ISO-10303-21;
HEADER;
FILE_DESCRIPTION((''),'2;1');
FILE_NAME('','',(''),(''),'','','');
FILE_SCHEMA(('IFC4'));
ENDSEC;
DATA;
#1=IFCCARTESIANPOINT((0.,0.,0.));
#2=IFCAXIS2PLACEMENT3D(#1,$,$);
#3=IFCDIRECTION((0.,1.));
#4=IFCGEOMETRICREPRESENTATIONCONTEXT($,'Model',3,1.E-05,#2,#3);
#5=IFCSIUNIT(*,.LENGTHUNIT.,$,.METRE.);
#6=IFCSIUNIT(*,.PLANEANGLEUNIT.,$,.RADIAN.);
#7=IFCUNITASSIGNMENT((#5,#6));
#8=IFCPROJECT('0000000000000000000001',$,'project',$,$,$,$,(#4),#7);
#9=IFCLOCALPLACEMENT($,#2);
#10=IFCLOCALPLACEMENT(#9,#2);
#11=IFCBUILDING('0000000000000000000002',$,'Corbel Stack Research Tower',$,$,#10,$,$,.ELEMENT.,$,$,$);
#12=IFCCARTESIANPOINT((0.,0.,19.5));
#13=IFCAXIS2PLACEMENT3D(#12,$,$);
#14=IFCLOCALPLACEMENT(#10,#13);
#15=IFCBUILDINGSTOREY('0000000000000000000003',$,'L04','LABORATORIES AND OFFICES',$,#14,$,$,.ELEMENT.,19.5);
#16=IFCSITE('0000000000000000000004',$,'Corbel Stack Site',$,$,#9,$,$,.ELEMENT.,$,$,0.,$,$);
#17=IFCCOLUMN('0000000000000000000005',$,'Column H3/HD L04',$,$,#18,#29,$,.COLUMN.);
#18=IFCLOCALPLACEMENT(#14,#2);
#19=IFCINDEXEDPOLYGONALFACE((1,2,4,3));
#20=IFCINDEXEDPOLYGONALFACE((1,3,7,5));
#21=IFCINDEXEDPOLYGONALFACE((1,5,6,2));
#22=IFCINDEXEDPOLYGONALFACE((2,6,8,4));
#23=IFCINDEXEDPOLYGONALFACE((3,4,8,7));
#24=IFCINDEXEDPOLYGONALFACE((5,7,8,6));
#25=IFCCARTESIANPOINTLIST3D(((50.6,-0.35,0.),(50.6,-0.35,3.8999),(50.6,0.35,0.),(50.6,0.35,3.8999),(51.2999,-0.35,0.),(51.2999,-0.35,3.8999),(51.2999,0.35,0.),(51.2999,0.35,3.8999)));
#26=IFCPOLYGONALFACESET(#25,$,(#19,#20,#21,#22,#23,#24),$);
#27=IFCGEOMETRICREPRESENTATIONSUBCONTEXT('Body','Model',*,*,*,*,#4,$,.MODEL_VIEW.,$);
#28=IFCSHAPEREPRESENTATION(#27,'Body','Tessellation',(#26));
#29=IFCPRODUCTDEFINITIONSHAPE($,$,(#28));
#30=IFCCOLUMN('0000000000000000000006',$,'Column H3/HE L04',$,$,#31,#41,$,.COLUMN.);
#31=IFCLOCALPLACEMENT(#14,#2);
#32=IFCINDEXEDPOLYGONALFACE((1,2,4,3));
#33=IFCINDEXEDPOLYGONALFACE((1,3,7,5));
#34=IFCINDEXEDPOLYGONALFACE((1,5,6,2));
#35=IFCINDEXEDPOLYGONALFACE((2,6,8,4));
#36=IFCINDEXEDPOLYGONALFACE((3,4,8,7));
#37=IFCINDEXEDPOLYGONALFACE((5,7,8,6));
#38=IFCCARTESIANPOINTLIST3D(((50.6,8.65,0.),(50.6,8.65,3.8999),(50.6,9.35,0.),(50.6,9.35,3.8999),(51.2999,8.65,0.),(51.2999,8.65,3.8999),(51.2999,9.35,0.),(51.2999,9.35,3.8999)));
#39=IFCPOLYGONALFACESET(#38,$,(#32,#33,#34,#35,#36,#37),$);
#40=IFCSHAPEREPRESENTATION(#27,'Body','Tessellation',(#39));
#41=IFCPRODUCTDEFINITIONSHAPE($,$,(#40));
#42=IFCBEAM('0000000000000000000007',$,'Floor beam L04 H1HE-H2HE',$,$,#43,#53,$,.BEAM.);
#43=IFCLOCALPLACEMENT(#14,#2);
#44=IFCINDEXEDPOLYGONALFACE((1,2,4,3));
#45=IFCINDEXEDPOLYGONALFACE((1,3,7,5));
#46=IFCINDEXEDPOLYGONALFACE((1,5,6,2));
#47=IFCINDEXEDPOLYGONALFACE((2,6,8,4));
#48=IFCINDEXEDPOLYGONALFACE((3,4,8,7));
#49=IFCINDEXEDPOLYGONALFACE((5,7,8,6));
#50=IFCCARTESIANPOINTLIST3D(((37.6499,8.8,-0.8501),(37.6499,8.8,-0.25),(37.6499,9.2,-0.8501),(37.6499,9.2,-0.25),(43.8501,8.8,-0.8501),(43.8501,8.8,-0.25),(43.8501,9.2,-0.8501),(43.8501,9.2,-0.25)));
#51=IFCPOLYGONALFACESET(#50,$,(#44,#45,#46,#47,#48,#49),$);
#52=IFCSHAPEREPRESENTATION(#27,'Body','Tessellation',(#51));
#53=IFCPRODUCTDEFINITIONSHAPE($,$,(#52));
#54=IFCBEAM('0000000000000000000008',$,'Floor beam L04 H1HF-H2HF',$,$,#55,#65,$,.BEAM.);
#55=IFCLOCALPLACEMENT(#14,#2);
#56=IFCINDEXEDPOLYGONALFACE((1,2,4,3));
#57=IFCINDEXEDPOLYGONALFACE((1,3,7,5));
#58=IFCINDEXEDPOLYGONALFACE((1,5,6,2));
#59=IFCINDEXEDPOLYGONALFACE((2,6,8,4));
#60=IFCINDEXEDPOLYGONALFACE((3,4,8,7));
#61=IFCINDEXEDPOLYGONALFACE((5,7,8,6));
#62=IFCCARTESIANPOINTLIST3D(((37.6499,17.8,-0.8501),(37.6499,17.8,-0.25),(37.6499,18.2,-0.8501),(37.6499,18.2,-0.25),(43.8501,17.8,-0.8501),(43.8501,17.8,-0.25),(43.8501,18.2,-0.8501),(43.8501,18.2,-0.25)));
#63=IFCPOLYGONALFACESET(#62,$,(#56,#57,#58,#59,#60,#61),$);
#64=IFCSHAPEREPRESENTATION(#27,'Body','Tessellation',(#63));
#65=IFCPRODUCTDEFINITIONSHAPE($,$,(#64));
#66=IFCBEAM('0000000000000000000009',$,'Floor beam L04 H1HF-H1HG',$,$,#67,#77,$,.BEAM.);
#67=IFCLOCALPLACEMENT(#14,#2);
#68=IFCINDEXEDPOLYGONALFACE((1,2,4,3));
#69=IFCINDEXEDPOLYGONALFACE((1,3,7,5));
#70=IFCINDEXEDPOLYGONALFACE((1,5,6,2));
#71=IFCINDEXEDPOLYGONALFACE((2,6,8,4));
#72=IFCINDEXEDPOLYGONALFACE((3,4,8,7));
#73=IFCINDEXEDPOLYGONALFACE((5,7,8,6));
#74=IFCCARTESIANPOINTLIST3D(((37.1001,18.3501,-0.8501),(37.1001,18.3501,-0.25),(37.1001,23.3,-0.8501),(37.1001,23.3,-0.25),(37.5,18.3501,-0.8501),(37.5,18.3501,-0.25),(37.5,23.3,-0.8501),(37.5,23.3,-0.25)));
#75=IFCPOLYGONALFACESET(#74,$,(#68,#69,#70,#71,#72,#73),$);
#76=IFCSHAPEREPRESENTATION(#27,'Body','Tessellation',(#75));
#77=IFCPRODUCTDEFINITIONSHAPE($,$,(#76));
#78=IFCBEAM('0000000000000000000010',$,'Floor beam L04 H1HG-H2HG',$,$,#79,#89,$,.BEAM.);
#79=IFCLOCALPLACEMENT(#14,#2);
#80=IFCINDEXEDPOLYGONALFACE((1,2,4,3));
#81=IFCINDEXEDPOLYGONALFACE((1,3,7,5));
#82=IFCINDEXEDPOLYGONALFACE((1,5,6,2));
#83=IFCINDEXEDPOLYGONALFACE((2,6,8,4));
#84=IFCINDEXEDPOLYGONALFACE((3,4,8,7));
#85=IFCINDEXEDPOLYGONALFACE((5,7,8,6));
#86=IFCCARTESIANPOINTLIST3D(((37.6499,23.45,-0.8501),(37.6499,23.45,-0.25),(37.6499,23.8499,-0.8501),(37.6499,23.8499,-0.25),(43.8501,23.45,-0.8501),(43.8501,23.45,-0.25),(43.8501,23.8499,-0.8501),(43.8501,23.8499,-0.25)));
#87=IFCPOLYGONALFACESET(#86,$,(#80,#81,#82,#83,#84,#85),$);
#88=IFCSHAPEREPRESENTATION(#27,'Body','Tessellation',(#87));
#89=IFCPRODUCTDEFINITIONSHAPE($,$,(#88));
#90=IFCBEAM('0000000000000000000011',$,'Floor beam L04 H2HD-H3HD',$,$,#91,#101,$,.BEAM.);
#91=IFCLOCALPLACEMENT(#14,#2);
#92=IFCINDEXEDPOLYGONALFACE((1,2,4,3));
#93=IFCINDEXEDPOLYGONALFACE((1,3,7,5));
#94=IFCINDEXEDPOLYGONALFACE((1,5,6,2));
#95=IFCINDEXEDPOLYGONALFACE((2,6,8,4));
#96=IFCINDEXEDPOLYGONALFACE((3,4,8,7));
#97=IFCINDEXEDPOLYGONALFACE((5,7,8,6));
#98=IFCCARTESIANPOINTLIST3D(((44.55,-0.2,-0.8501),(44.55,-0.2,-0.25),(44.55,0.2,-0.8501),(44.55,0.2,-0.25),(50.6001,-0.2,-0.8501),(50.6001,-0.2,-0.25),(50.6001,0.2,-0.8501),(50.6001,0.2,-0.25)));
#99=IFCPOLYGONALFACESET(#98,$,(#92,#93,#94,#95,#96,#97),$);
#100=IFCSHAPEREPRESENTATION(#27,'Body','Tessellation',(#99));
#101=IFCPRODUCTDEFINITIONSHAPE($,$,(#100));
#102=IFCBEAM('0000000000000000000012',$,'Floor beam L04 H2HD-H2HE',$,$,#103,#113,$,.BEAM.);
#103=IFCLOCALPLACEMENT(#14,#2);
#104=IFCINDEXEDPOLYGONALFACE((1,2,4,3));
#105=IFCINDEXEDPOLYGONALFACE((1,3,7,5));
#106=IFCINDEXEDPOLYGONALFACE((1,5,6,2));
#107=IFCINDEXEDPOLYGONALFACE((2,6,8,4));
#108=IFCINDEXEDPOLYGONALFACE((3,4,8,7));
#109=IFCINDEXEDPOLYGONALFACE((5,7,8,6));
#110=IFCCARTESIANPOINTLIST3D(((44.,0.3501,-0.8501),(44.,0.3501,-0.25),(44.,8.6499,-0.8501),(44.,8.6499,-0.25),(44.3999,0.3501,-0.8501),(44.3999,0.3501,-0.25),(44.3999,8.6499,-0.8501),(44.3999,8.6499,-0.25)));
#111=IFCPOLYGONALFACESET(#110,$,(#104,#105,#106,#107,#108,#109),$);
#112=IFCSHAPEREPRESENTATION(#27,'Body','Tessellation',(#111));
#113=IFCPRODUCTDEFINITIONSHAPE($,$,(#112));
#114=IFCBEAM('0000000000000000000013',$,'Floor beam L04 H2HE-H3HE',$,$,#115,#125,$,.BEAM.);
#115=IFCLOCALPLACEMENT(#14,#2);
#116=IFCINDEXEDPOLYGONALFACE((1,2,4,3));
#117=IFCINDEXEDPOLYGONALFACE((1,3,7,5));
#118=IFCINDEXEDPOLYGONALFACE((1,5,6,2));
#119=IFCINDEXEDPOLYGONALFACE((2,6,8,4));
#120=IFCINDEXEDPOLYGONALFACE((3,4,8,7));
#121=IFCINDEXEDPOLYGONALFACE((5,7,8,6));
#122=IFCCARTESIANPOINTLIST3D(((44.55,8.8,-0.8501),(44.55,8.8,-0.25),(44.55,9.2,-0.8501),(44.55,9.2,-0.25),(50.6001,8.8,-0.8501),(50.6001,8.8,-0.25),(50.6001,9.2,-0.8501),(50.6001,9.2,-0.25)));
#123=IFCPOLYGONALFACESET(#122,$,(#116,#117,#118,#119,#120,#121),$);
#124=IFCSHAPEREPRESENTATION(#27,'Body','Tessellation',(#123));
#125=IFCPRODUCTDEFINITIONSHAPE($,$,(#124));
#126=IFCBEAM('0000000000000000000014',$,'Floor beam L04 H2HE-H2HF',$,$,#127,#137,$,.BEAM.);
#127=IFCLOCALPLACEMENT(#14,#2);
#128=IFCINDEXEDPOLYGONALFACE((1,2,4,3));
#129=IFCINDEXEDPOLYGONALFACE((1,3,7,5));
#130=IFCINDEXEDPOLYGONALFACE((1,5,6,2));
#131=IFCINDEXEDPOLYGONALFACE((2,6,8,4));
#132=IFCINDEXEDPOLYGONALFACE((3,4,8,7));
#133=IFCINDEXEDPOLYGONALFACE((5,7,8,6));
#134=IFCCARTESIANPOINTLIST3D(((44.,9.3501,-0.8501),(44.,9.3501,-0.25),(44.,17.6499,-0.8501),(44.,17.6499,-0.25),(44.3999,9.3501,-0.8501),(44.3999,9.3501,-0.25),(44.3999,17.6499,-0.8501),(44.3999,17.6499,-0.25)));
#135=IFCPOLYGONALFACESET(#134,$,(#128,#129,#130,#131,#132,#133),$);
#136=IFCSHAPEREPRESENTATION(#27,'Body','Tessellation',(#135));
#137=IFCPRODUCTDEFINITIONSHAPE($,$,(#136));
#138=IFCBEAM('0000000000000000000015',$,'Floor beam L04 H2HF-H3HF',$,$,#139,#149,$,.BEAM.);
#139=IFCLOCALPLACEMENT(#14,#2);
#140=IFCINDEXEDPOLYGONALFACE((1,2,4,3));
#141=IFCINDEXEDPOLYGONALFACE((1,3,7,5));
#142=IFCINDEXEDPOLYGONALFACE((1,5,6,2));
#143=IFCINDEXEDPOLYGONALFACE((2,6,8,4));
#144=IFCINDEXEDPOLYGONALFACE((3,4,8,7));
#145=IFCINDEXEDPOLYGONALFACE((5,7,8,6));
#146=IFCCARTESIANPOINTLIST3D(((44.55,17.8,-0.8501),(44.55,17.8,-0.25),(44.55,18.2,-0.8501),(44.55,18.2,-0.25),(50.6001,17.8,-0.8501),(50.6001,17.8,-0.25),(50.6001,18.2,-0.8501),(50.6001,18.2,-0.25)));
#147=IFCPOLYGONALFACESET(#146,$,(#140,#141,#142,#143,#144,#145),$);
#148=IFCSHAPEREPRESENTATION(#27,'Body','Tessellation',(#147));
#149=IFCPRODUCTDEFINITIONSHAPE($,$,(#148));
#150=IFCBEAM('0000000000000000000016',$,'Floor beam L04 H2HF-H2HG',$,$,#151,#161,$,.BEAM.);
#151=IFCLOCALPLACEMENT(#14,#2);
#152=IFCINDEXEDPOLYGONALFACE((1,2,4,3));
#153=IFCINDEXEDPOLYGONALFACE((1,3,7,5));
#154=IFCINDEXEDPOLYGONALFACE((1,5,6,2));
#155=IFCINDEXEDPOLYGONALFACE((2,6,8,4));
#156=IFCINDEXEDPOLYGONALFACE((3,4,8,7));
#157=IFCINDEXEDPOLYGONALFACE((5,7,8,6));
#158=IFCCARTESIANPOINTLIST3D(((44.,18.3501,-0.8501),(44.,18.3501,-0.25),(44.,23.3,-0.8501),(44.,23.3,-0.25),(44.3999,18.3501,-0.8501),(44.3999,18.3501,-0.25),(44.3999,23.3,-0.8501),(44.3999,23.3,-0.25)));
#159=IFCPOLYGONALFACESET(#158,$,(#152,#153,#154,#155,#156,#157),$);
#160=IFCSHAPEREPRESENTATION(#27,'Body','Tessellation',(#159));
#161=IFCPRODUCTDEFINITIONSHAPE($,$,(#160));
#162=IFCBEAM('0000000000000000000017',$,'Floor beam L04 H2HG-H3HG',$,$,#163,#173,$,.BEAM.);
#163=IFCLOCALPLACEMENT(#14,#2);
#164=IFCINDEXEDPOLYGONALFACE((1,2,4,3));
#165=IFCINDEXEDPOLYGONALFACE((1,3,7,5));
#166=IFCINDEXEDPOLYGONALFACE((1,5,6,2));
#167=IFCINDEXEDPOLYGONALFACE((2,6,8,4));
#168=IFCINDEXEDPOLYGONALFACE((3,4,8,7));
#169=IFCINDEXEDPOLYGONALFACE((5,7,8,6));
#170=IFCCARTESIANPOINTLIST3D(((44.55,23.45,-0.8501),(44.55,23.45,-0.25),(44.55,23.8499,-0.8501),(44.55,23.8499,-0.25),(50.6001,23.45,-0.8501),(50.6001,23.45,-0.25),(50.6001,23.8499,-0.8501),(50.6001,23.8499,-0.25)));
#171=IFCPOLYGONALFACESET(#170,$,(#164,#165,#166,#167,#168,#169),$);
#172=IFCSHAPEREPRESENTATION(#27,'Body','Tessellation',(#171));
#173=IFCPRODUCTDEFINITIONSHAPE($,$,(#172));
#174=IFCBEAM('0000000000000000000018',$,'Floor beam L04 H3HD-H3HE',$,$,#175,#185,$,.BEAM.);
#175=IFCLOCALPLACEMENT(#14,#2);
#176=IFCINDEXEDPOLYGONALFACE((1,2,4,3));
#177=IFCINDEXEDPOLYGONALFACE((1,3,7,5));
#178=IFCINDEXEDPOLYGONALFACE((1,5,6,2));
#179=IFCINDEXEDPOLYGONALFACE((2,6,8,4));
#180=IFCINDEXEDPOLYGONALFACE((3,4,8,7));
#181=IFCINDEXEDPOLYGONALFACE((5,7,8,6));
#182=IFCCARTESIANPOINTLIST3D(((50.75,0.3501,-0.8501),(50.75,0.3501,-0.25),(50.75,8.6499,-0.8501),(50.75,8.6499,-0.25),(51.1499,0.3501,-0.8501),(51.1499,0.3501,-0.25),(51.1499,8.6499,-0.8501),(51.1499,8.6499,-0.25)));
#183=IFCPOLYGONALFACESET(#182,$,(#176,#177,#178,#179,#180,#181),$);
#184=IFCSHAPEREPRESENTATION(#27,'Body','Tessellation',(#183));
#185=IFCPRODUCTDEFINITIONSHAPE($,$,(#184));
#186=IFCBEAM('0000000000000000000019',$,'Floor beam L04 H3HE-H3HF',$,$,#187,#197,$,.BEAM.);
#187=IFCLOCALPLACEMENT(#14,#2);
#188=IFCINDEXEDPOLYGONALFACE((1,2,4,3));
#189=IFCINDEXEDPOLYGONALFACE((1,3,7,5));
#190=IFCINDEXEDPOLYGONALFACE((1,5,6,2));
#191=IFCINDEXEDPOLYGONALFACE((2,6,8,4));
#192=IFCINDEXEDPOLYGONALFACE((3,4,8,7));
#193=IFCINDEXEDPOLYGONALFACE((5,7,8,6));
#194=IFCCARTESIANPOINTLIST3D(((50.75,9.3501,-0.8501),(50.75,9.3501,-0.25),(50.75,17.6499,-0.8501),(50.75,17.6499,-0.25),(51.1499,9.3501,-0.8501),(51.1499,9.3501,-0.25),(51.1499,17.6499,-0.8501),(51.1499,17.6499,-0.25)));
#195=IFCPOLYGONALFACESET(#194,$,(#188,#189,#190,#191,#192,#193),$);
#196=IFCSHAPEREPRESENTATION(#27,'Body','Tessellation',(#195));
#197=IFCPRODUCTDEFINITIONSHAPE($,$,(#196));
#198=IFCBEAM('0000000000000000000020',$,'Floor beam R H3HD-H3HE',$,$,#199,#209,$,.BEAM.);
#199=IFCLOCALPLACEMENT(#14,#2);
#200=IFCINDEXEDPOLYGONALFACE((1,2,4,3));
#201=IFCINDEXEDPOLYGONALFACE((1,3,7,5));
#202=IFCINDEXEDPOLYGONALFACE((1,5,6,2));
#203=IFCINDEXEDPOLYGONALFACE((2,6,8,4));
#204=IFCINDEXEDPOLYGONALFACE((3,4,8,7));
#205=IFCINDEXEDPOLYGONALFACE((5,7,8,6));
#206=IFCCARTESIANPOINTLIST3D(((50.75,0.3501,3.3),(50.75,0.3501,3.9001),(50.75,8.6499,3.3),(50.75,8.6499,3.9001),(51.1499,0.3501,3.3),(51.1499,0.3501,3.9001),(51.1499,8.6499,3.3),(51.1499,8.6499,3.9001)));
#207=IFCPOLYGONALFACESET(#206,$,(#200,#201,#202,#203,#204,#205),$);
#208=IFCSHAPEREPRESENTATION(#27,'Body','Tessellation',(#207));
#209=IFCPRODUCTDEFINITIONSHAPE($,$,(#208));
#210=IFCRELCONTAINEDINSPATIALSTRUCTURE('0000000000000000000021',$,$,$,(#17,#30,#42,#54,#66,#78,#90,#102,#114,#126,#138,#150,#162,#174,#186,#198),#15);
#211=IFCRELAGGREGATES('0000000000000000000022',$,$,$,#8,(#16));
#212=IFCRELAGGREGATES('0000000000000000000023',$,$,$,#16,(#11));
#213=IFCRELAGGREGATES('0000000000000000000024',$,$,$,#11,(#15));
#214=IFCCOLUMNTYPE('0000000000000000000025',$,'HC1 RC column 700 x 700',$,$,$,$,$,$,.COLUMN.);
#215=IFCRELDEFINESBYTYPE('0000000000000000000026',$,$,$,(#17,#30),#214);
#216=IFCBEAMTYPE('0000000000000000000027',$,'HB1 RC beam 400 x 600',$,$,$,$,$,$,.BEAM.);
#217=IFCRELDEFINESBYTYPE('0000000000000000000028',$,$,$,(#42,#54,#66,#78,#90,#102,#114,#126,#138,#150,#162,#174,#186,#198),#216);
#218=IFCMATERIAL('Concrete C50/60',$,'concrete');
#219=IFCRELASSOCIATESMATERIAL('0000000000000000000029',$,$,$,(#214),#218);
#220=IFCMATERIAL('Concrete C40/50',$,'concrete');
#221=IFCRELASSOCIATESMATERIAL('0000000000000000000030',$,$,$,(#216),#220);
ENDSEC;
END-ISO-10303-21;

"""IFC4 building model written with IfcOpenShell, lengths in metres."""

from ifc_helpers import new_model, si_unit, direction, frame, origin, origin_2d, place, context, subcontext, project, spatial, rectangle, extrude, material, material_profile, profile_set, type_object, element, save


model = new_model("IFC4")

# Units and contexts
model_context = context("Model", 3, precision=1e-05, world=origin(), true_north=direction((0.0, 1.0)))
body_context = subcontext(model_context, "Body", "Model", "MODEL_VIEW")
ifc_project = project(units=[si_unit("LENGTHUNIT", "METRE"), si_unit("PLANEANGLEUNIT", "RADIAN")], contexts=[model_context])

# Site, building, storey
site_placement = place(None, origin())
site = spatial("IfcSite", under=ifc_project, at=site_placement, Name="Corbel Stack Site", CompositionType="ELEMENT", RefElevation=0.0)
building_placement = place(site_placement, origin())
building = spatial("IfcBuilding", under=site, at=building_placement, Name="Corbel Stack Research Tower", CompositionType="ELEMENT")
storey_placement = place(building_placement, frame((0.0, 0.0, 19.5)))
storey = spatial("IfcBuildingStorey", under=building, at=storey_placement, Name="L04", Description="LABORATORIES AND OFFICES", CompositionType="ELEMENT", Elevation=19.5)

# Columns
ifc_material_1 = material(Name="Concrete C50/60", Category="concrete")
ifc_material_profile_1 = material_profile(ifc_material_1, rectangle(XDim=0.7, YDim=0.7, at=origin_2d()), Name="RC 700 x 700")
ifc_profile_set_1 = profile_set([ifc_material_profile_1], Name="Concrete C50/60")
column_type = type_object("IfcColumnType", Name="HC1 RC column 700 x 700", PredefinedType="COLUMN", material=ifc_profile_set_1)
for number, where, z_axis, x_axis, name in (
    (1, (50.95, 0.0, 0.0), (0.0, 0.0, 1.0), (1.0, 0.0, 0.0), "Column H3/HD L04"),
    (2, (50.95, 9.0, 0.0), (0.0, 0.0, 1.0), (1.0, 0.0, 0.0), "Column H3/HE L04"),
):
    element("IfcColumn", number, at=place(storey_placement, frame(where, z_axis=z_axis, x_axis=x_axis)), inside=storey, type_object=column_type, Name=name, PredefinedType="COLUMN", context=body_context, shape_type="SweptSolid", body=[
        extrude(rectangle(XDim=0.7, YDim=0.7, at=origin_2d()), origin(), (0.0, 0.0, 1.0), 3.8999),
    ])

# Beams
ifc_material_2 = material(Name="Concrete C40/50", Category="concrete")
ifc_material_profile_2 = material_profile(ifc_material_2, rectangle(XDim=0.3999, YDim=0.6001, at=origin_2d()), Name="RC 400 x 600")
ifc_profile_set_2 = profile_set([ifc_material_profile_2], Name="Concrete C40/50")
beam_type = type_object("IfcBeamType", Name="HB1 RC beam 400 x 600", PredefinedType="BEAM", material=ifc_profile_set_2)
for number, where, z_axis, x_axis, name in (
    (3, (37.6499, 9.0, -0.55), (1.0, 0.0, 0.0), (0.0, 1.0, 0.0), "Floor beam L04 H1HE-H2HE"),
    (4, (37.6499, 18.0, -0.55), (1.0, 0.0, 0.0), (0.0, 1.0, 0.0), "Floor beam L04 H1HF-H2HF"),
):
    element("IfcBeam", number, at=place(storey_placement, frame(where, z_axis=z_axis, x_axis=x_axis)), inside=storey, type_object=beam_type, Name=name, PredefinedType="BEAM", context=body_context, shape_type="SweptSolid", body=[
        extrude(rectangle(XDim=0.3999, YDim=0.6001, at=origin_2d()), origin(), (0.0, 0.0, 1.0), 6.2002),
    ])
beam_1_placement = place(storey_placement, frame((37.3, 18.3501, -0.55), z_axis=(0.0, 1.0, 0.0), x_axis=(-1.0, 0.0, 0.0)))
element("IfcBeam", 5, at=beam_1_placement, inside=storey, type_object=beam_type, Name="Floor beam L04 H1HF-H1HG", PredefinedType="BEAM", context=body_context, shape_type="SweptSolid", body=[
    extrude(rectangle(XDim=0.3999, YDim=0.6001, at=origin_2d()), origin(), (0.0, 0.0, 1.0), 4.95),
])
beam_2_placement = place(storey_placement, frame((37.6499, 23.6499, -0.55), z_axis=(1.0, 0.0, 0.0), x_axis=(0.0, 1.0, 0.0)))
element("IfcBeam", 6, at=beam_2_placement, inside=storey, type_object=beam_type, Name="Floor beam L04 H1HG-H2HG", PredefinedType="BEAM", context=body_context, shape_type="SweptSolid", body=[
    extrude(rectangle(XDim=0.3999, YDim=0.6001, at=origin_2d()), origin(), (0.0, 0.0, 1.0), 6.2002),
])
beam_3_placement = place(storey_placement, frame((44.55, 0.0, -0.55), z_axis=(1.0, 0.0, 0.0), x_axis=(0.0, 1.0, 0.0)))
element("IfcBeam", 7, at=beam_3_placement, inside=storey, type_object=beam_type, Name="Floor beam L04 H2HD-H3HD", PredefinedType="BEAM", context=body_context, shape_type="SweptSolid", body=[
    extrude(rectangle(XDim=0.3999, YDim=0.6001, at=origin_2d()), origin(), (0.0, 0.0, 1.0), 6.05),
])
beam_4_placement = place(storey_placement, frame((44.2, 0.3501, -0.55), z_axis=(0.0, 1.0, 0.0), x_axis=(-1.0, 0.0, 0.0)))
element("IfcBeam", 8, at=beam_4_placement, inside=storey, type_object=beam_type, Name="Floor beam L04 H2HD-H2HE", PredefinedType="BEAM", context=body_context, shape_type="SweptSolid", body=[
    extrude(rectangle(XDim=0.3999, YDim=0.6001, at=origin_2d()), origin(), (0.0, 0.0, 1.0), 8.2998),
])
beam_5_placement = place(storey_placement, frame((44.55, 9.0, -0.55), z_axis=(1.0, 0.0, 0.0), x_axis=(0.0, 1.0, 0.0)))
element("IfcBeam", 9, at=beam_5_placement, inside=storey, type_object=beam_type, Name="Floor beam L04 H2HE-H3HE", PredefinedType="BEAM", context=body_context, shape_type="SweptSolid", body=[
    extrude(rectangle(XDim=0.3999, YDim=0.6001, at=origin_2d()), origin(), (0.0, 0.0, 1.0), 6.05),
])
beam_6_placement = place(storey_placement, frame((44.2, 9.3501, -0.55), z_axis=(0.0, 1.0, 0.0), x_axis=(-1.0, 0.0, 0.0)))
element("IfcBeam", 10, at=beam_6_placement, inside=storey, type_object=beam_type, Name="Floor beam L04 H2HE-H2HF", PredefinedType="BEAM", context=body_context, shape_type="SweptSolid", body=[
    extrude(rectangle(XDim=0.3999, YDim=0.6001, at=origin_2d()), origin(), (0.0, 0.0, 1.0), 8.2998),
])
beam_7_placement = place(storey_placement, frame((44.55, 18.0, -0.55), z_axis=(1.0, 0.0, 0.0), x_axis=(0.0, 1.0, 0.0)))
element("IfcBeam", 11, at=beam_7_placement, inside=storey, type_object=beam_type, Name="Floor beam L04 H2HF-H3HF", PredefinedType="BEAM", context=body_context, shape_type="SweptSolid", body=[
    extrude(rectangle(XDim=0.3999, YDim=0.6001, at=origin_2d()), origin(), (0.0, 0.0, 1.0), 6.05),
])
beam_8_placement = place(storey_placement, frame((44.2, 18.3501, -0.55), z_axis=(0.0, 1.0, 0.0), x_axis=(-1.0, 0.0, 0.0)))
element("IfcBeam", 12, at=beam_8_placement, inside=storey, type_object=beam_type, Name="Floor beam L04 H2HF-H2HG", PredefinedType="BEAM", context=body_context, shape_type="SweptSolid", body=[
    extrude(rectangle(XDim=0.3999, YDim=0.6001, at=origin_2d()), origin(), (0.0, 0.0, 1.0), 4.95),
])
beam_9_placement = place(storey_placement, frame((44.55, 23.6499, -0.55), z_axis=(1.0, 0.0, 0.0), x_axis=(0.0, 1.0, 0.0)))
element("IfcBeam", 13, at=beam_9_placement, inside=storey, type_object=beam_type, Name="Floor beam L04 H2HG-H3HG", PredefinedType="BEAM", context=body_context, shape_type="SweptSolid", body=[
    extrude(rectangle(XDim=0.3999, YDim=0.6001, at=origin_2d()), origin(), (0.0, 0.0, 1.0), 6.05),
])
for number, where, z_axis, x_axis, name in (
    (14, (50.95, 0.3501, -0.55), (0.0, 1.0, 0.0), (-1.0, 0.0, 0.0), "Floor beam L04 H3HD-H3HE"),
    (15, (50.95, 9.3501, -0.55), (0.0, 1.0, 0.0), (-1.0, 0.0, 0.0), "Floor beam L04 H3HE-H3HF"),
    (16, (50.95, 0.3501, 3.6001), (0.0, 1.0, 0.0), (-1.0, 0.0, 0.0), "Floor beam R H3HD-H3HE"),
):
    element("IfcBeam", number, at=place(storey_placement, frame(where, z_axis=z_axis, x_axis=x_axis)), inside=storey, type_object=beam_type, Name=name, PredefinedType="BEAM", context=body_context, shape_type="SweptSolid", body=[
        extrude(rectangle(XDim=0.3999, YDim=0.6001, at=origin_2d()), origin(), (0.0, 0.0, 1.0), 8.2998),
    ])

save(model, "model.ifc")
